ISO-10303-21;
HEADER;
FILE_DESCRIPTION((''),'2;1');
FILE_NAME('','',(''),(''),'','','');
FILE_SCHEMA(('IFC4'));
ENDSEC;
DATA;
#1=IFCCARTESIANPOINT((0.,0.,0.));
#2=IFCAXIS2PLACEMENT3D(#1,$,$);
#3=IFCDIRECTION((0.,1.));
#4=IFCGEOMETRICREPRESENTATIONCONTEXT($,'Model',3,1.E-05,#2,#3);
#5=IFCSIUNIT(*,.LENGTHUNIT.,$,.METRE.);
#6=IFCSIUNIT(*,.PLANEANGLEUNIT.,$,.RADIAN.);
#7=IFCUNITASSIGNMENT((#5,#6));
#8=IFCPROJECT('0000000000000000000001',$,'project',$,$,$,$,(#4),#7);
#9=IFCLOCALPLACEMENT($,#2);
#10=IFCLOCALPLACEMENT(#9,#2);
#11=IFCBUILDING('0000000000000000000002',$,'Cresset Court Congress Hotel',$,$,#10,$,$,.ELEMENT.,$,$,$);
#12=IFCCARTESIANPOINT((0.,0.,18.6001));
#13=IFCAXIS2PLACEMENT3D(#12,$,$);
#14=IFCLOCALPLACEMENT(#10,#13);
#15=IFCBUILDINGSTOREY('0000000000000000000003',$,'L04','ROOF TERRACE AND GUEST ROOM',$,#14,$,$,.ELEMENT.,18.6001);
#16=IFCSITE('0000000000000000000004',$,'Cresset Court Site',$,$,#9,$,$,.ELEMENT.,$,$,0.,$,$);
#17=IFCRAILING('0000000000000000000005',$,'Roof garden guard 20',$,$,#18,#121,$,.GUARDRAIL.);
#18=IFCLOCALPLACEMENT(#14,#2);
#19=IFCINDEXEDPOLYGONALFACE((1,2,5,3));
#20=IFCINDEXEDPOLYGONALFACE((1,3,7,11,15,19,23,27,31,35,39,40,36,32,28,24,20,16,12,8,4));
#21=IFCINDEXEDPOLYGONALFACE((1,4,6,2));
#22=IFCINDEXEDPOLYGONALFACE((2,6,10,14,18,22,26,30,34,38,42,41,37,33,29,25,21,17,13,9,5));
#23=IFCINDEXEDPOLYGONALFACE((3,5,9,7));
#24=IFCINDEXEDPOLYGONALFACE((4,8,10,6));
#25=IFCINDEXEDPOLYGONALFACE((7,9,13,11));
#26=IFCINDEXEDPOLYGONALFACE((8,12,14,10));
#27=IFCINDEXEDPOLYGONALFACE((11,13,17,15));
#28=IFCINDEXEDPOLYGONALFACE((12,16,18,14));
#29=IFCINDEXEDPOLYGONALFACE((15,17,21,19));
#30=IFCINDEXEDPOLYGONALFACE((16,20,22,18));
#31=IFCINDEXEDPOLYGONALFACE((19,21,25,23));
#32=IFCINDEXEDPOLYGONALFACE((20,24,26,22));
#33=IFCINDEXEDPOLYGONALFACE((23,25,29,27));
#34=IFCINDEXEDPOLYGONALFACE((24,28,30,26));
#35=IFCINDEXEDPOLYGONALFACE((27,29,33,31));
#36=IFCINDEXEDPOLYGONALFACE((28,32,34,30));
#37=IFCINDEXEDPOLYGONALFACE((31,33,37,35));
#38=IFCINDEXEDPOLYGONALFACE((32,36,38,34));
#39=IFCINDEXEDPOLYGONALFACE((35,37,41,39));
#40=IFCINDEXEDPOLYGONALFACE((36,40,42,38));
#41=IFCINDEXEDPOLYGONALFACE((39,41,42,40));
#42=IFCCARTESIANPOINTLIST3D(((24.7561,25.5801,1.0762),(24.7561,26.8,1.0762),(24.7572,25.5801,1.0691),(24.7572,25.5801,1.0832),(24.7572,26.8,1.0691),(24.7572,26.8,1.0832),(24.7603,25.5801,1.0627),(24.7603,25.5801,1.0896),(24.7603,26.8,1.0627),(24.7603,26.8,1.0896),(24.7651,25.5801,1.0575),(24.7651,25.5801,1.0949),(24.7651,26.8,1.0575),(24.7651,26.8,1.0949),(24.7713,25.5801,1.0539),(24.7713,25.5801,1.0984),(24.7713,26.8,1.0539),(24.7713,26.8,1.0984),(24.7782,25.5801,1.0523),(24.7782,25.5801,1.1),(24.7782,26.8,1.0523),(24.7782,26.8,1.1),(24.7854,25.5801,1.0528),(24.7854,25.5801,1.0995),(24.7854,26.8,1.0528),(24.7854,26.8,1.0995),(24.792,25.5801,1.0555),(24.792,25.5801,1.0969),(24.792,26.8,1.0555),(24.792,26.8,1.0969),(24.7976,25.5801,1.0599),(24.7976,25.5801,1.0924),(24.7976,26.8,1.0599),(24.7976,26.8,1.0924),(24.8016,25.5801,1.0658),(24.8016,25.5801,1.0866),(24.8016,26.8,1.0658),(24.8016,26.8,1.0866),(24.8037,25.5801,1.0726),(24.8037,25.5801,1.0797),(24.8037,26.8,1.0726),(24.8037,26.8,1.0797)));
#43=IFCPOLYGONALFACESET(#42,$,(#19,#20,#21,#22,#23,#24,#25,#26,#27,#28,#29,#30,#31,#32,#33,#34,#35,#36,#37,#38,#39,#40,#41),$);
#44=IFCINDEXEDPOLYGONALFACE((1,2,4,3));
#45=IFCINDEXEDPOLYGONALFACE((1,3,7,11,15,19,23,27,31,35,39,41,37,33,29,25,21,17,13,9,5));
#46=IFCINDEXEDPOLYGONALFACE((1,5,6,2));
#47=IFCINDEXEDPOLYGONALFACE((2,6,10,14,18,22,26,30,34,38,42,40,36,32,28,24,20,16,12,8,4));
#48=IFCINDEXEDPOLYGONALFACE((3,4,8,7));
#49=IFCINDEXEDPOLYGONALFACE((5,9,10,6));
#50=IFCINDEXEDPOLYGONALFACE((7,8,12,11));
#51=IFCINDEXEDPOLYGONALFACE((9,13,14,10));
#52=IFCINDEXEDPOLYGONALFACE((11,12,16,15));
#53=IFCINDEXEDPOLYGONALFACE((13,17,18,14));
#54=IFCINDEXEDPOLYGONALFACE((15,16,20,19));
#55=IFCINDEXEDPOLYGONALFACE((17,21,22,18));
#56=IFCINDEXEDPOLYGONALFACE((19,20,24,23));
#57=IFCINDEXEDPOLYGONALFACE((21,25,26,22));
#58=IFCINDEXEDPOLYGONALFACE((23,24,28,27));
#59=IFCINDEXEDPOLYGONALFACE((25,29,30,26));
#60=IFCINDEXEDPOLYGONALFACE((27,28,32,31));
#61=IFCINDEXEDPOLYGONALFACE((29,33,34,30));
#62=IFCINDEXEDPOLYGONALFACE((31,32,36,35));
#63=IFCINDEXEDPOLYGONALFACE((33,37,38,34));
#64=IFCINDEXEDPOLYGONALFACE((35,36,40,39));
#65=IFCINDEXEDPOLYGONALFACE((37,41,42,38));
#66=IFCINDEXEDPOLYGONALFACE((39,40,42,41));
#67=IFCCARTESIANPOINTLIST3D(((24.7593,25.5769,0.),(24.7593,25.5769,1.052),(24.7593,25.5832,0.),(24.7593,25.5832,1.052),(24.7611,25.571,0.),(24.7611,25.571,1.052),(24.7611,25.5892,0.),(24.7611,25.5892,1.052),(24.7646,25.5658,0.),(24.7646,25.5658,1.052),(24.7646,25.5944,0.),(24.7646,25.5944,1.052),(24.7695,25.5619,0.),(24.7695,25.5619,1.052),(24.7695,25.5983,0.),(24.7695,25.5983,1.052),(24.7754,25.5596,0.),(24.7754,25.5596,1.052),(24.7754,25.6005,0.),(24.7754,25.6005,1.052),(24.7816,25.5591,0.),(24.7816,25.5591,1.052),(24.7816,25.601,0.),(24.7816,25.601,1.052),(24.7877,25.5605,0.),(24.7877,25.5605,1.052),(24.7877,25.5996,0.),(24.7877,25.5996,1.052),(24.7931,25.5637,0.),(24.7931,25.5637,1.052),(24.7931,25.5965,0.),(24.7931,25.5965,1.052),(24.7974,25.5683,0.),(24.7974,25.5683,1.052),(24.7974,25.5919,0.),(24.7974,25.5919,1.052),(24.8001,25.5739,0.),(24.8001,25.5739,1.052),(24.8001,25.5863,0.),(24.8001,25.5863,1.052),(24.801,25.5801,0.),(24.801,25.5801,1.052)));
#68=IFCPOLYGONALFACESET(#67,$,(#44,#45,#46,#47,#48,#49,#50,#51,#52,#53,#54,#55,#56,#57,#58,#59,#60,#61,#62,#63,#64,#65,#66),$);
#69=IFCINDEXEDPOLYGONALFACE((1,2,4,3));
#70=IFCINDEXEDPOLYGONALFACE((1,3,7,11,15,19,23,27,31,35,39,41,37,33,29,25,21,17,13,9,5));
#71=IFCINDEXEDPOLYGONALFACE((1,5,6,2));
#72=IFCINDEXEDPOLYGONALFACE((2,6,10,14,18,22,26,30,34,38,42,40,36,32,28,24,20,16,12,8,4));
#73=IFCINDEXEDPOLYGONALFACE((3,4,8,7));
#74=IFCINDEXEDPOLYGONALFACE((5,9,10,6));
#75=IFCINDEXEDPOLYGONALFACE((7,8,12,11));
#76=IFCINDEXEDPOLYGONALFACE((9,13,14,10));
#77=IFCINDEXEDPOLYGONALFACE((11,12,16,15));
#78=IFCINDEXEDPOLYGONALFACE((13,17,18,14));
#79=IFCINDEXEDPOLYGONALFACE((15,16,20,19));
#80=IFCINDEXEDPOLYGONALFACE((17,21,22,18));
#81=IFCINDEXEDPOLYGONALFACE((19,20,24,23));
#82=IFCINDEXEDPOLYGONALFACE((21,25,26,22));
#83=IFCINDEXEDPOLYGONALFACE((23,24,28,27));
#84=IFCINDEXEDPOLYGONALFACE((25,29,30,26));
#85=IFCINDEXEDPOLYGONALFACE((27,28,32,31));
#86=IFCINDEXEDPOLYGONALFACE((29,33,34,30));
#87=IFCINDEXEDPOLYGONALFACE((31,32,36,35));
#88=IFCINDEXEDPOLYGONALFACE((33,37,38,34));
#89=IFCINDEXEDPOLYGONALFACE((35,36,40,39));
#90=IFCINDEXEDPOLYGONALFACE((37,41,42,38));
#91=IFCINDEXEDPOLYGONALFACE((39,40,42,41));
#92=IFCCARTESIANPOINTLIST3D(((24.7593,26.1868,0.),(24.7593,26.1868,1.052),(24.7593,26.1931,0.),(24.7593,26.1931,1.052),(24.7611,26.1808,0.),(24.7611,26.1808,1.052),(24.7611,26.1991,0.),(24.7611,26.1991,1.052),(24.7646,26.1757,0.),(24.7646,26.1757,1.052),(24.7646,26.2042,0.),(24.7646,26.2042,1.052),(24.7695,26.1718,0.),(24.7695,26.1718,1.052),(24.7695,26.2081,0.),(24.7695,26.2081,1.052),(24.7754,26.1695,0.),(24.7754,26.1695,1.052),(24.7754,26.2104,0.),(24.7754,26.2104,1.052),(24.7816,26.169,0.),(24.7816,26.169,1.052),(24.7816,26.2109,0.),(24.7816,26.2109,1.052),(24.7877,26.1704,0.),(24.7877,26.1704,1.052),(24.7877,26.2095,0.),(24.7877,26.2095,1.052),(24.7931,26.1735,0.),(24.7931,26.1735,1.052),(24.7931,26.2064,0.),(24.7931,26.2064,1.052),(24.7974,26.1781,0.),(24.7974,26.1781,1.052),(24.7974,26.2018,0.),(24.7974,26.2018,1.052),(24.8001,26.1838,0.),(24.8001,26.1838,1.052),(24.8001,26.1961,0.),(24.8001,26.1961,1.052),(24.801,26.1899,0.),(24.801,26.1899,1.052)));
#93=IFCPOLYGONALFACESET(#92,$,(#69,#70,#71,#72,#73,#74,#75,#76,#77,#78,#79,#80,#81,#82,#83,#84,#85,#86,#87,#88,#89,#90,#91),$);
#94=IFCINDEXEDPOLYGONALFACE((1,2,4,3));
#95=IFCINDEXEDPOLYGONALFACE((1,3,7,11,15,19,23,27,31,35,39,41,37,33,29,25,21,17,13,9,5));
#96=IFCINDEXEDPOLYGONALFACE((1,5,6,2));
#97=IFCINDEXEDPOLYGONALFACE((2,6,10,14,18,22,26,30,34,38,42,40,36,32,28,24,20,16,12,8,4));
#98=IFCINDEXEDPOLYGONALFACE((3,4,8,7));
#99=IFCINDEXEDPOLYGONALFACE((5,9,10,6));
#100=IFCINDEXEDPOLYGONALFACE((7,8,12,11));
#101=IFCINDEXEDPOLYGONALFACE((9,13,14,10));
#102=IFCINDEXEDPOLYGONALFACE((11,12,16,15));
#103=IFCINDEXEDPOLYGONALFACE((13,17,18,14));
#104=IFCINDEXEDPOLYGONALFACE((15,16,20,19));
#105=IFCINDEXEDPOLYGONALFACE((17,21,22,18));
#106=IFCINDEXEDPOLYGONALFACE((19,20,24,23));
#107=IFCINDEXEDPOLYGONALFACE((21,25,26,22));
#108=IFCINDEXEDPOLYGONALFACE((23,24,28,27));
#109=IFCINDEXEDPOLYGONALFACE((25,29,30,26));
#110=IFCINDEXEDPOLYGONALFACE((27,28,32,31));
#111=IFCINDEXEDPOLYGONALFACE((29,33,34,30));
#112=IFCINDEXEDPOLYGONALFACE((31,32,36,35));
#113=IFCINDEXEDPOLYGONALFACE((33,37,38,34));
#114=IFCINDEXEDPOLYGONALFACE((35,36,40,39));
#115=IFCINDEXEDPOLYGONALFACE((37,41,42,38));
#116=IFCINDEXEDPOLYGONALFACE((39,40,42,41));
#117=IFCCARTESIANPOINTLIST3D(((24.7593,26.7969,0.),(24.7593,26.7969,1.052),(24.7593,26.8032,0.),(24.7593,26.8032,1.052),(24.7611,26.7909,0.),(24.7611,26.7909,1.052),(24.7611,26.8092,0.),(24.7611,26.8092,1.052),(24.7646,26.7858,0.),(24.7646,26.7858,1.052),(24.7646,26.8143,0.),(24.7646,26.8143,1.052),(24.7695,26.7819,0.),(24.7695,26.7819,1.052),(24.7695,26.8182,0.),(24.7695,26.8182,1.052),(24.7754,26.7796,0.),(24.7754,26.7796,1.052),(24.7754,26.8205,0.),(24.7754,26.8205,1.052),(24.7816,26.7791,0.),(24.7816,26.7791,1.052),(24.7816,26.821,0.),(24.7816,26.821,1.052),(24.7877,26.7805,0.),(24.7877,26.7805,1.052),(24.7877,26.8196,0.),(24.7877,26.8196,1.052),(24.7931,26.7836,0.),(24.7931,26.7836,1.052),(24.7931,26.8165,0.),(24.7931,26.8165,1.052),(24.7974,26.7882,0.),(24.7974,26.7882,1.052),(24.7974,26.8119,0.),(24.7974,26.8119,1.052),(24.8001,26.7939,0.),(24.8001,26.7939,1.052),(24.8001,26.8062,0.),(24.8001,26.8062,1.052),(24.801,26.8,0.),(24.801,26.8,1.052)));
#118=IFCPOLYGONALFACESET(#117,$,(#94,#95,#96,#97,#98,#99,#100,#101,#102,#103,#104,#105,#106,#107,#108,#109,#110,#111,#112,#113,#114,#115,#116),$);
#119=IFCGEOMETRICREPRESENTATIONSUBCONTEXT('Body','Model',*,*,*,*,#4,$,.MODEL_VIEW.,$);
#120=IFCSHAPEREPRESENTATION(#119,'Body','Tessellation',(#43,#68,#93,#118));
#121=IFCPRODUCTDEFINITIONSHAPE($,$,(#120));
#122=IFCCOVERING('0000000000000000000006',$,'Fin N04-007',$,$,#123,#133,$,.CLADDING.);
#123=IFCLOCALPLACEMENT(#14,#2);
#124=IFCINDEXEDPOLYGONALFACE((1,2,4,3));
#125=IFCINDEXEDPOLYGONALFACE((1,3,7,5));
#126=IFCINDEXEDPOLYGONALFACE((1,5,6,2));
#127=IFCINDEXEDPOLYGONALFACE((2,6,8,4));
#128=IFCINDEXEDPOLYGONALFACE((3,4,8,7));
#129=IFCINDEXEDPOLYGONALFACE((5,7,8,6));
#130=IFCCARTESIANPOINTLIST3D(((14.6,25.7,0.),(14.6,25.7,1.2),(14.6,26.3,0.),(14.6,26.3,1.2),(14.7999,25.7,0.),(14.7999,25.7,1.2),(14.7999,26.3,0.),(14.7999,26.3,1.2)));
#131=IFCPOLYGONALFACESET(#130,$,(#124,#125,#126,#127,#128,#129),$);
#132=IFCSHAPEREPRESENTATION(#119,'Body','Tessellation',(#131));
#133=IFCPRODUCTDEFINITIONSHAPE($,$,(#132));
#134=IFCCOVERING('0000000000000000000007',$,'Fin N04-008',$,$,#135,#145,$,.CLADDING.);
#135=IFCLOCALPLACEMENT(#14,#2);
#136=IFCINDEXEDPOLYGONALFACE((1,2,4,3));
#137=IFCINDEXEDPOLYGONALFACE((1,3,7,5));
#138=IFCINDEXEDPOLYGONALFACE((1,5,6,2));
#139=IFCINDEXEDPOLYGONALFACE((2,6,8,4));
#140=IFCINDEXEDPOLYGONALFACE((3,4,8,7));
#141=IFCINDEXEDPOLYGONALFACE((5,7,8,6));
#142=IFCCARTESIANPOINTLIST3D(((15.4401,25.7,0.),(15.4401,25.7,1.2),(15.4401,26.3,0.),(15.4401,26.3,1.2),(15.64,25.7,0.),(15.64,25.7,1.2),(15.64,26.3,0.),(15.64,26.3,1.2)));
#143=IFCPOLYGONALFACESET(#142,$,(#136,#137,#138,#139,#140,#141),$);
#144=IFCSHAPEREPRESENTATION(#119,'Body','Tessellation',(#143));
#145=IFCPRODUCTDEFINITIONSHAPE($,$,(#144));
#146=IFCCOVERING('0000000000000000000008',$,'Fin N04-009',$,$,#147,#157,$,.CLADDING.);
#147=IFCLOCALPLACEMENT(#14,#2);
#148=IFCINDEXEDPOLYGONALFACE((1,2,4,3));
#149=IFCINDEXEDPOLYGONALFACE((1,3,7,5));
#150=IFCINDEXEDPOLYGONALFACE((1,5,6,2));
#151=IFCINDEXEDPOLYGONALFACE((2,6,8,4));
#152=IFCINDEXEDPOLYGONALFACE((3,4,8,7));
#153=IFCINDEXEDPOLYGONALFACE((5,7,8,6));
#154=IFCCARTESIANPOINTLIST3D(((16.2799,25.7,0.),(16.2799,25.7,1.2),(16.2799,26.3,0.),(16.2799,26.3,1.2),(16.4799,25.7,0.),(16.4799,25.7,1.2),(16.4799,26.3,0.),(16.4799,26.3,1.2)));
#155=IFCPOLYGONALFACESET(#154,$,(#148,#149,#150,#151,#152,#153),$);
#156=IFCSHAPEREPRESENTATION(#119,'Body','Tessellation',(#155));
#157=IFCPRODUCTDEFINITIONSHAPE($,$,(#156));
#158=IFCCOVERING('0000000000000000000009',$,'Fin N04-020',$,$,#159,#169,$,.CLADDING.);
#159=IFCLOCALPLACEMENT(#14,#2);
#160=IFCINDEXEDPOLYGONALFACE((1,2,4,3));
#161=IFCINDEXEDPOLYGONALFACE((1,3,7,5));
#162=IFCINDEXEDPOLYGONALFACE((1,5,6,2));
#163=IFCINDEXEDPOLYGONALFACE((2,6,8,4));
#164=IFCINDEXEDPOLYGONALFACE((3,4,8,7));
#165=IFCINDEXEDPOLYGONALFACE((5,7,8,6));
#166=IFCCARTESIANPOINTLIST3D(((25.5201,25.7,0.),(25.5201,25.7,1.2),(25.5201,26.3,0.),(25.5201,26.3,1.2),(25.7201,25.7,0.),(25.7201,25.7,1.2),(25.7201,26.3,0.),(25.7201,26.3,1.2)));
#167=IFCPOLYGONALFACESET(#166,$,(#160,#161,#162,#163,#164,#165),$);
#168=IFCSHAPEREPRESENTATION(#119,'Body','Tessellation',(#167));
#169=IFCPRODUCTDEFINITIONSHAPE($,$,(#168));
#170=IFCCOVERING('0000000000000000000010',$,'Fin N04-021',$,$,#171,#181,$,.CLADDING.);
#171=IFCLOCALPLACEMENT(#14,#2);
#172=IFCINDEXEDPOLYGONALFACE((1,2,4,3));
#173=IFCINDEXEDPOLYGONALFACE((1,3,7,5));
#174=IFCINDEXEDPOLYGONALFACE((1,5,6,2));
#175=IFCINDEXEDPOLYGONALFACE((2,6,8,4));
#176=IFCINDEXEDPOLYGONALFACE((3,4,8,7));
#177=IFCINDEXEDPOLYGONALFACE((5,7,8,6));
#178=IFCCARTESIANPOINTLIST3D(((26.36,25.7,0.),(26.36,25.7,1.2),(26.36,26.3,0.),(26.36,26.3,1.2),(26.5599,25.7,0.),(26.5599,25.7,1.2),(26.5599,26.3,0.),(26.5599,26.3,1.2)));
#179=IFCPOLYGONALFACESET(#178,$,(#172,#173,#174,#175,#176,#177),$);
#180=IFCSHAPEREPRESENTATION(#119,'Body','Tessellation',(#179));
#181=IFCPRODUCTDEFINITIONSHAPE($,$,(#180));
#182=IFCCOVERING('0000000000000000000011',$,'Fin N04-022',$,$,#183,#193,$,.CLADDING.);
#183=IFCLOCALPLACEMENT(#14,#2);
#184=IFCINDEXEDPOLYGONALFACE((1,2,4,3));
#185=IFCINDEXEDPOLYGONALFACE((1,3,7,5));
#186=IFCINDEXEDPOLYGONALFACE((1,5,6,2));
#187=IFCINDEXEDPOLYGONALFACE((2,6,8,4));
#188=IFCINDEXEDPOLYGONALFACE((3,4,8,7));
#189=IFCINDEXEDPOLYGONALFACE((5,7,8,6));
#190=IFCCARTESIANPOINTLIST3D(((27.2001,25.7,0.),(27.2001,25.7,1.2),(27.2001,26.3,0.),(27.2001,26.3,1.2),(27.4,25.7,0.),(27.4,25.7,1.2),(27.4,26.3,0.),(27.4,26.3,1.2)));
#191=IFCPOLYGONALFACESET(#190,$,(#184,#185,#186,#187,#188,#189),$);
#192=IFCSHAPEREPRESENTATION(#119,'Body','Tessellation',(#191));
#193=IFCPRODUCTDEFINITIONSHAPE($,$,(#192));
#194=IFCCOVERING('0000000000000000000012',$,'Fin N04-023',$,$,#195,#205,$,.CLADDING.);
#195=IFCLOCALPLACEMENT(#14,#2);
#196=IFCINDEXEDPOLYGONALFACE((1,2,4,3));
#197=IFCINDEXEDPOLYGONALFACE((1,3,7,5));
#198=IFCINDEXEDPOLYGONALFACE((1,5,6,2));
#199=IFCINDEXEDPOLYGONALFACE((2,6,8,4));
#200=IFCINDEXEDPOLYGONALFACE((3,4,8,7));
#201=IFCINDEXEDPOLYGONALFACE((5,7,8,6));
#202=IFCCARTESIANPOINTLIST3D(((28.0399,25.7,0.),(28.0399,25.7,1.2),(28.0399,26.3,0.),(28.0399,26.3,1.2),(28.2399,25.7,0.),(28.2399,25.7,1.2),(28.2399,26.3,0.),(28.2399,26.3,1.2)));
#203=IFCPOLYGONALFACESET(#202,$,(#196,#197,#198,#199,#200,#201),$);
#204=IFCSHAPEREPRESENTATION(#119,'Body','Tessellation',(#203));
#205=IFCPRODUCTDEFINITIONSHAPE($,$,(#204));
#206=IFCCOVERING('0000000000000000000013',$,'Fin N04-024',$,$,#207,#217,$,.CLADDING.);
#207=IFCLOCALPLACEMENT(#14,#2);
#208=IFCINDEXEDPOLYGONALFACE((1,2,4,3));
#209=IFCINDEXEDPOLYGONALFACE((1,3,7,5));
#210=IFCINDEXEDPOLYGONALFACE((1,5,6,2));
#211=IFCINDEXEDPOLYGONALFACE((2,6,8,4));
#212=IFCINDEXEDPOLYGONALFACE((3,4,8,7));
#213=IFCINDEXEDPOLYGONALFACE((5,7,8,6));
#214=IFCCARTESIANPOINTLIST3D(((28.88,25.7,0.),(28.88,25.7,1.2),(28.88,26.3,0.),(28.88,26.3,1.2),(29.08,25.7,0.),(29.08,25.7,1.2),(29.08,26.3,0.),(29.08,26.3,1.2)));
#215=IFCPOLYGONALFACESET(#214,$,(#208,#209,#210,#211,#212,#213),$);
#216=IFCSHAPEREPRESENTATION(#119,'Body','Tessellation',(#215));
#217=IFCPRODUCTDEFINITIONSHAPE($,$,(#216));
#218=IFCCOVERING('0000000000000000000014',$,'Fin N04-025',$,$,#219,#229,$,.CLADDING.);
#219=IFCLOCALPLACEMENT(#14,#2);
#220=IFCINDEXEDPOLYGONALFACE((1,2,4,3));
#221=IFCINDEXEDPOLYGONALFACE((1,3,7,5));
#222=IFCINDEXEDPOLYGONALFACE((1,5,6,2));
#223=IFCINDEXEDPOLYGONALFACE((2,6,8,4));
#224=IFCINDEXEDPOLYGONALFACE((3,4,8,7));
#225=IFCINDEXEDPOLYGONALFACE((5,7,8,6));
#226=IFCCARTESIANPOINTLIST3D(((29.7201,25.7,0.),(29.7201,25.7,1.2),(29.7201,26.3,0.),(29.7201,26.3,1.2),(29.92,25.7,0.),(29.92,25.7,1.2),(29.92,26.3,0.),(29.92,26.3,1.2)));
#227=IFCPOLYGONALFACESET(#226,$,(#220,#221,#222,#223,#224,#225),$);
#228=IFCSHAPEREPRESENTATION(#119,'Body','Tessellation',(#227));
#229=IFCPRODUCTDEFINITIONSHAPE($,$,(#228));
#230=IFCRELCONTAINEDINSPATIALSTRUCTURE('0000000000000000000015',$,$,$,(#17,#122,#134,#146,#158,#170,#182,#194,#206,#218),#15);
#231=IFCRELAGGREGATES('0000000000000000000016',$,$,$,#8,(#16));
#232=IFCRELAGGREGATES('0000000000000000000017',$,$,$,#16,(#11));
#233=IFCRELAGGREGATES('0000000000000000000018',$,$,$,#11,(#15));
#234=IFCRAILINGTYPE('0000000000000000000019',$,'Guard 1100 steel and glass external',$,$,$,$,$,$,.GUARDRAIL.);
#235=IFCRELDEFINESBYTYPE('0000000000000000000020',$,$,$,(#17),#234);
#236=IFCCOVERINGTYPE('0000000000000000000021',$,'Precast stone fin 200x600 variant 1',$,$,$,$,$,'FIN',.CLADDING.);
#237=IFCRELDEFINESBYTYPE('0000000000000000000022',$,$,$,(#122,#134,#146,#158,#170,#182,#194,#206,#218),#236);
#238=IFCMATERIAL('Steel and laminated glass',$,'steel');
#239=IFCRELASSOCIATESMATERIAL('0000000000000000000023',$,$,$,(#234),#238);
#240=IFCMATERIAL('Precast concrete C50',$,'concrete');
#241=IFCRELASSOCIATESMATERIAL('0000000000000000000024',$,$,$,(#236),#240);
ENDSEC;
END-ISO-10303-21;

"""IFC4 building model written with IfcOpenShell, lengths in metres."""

from ifc_helpers import new_model, si_unit, direction, frame, origin, origin_2d, place, context, subcontext, project, spatial, rectangle, circle, extrude, material, type_object, element, save


model = new_model("IFC4")

# Units and contexts
model_context = context("Model", 3, precision=1e-05, world=origin(), true_north=direction((0.0, 1.0)))
body_context = subcontext(model_context, "Body", "Model", "MODEL_VIEW")
ifc_project = project(units=[si_unit("LENGTHUNIT", "METRE"), si_unit("PLANEANGLEUNIT", "RADIAN")], contexts=[model_context])

# Site, building, storey
site_placement = place(None, origin())
site = spatial("IfcSite", under=ifc_project, at=site_placement, Name="Cresset Court Site", CompositionType="ELEMENT", RefElevation=0.0)
building_placement = place(site_placement, origin())
building = spatial("IfcBuilding", under=site, at=building_placement, Name="Cresset Court Congress Hotel", CompositionType="ELEMENT")
storey_placement = place(building_placement, frame((0.0, 0.0, 18.6001)))
storey = spatial("IfcBuildingStorey", under=building, at=storey_placement, Name="L04", Description="ROOF TERRACE AND GUEST ROOM", CompositionType="ELEMENT", Elevation=18.6001)

# Railing
ifc_material_1 = material(Name="Steel and laminated glass", Category="steel")
railing_type_1 = type_object("IfcRailingType", Name="Guard 1100 steel and glass external", PredefinedType="GUARDRAIL", material=ifc_material_1)
for number, where, name in (
    (1, (24.78, 25.5801, 0.0), "Roof garden guard 20"),
):
    element("IfcRailing", number, at=place(storey_placement, frame(where)), inside=storey, type_object=railing_type_1, Name=name, PredefinedType="GUARDRAIL", context=body_context, shape_type="SweptSolid", body=[
        extrude(circle(Radius=0.0239, at=origin_2d()), frame((0.0, 0.0, 1.0762), z_axis=(0.0, 1.0, 0.0), x_axis=(-1.0, 0.0, 0.0)), (0.0, 0.0, 1.0), 1.22),
        extrude(circle(Radius=0.021, at=origin_2d()), origin(), (0.0, 0.0, 1.0), 1.052),
        extrude(circle(Radius=0.021, at=origin_2d()), frame((0.0, 0.6099, 0.0)), (0.0, 0.0, 1.0), 1.052),
        extrude(circle(Radius=0.021, at=origin_2d()), frame((0.0, 1.22, 0.0)), (0.0, 0.0, 1.0), 1.052),
    ])

# Coverings
ifc_material_2 = material(Name="Precast concrete C50", Category="concrete")
covering_type_1 = type_object("IfcCoveringType", Name="Precast stone fin 200x600 variant 1", ElementType="FIN", PredefinedType="CLADDING", material=ifc_material_2)
for number, where, z_axis, x_axis, name in (
    (2, (14.7, 26.0, 0.0), (0.0, 0.0, 1.0), (1.0, 0.0, 0.0), "Fin N04-007"),
    (3, (15.54, 26.0, 0.0), (0.0, 0.0, 1.0), (1.0, 0.0, 0.0), "Fin N04-008"),
    (4, (16.3799, 26.0, 0.0), (0.0, 0.0, 1.0), (1.0, 0.0, 0.0), "Fin N04-009"),
    (5, (25.6201, 26.0, 0.0), (0.0, 0.0, 1.0), (1.0, 0.0, 0.0), "Fin N04-020"),
    (6, (26.46, 26.0, 0.0), (0.0, 0.0, 1.0), (1.0, 0.0, 0.0), "Fin N04-021"),
    (7, (27.3, 26.0, 0.0), (0.0, 0.0, 1.0), (1.0, 0.0, 0.0), "Fin N04-022"),
    (8, (28.1399, 26.0, 0.0), (0.0, 0.0, 1.0), (1.0, 0.0, 0.0), "Fin N04-023"),
    (9, (28.98, 26.0, 0.0), (0.0, 0.0, 1.0), (1.0, 0.0, 0.0), "Fin N04-024"),
    (10, (29.8201, 26.0, 0.0), (0.0, 0.0, 1.0), (1.0, 0.0, 0.0), "Fin N04-025"),
):
    element("IfcCovering", number, at=place(storey_placement, frame(where, z_axis=z_axis, x_axis=x_axis)), inside=storey, type_object=covering_type_1, Name=name, PredefinedType="CLADDING", context=body_context, shape_type="SweptSolid", body=[
        extrude(rectangle(XDim=0.2, YDim=0.6001, at=origin_2d()), origin(), (0.0, 0.0, 1.0), 1.2),
    ])

save(model, "model.ifc")
